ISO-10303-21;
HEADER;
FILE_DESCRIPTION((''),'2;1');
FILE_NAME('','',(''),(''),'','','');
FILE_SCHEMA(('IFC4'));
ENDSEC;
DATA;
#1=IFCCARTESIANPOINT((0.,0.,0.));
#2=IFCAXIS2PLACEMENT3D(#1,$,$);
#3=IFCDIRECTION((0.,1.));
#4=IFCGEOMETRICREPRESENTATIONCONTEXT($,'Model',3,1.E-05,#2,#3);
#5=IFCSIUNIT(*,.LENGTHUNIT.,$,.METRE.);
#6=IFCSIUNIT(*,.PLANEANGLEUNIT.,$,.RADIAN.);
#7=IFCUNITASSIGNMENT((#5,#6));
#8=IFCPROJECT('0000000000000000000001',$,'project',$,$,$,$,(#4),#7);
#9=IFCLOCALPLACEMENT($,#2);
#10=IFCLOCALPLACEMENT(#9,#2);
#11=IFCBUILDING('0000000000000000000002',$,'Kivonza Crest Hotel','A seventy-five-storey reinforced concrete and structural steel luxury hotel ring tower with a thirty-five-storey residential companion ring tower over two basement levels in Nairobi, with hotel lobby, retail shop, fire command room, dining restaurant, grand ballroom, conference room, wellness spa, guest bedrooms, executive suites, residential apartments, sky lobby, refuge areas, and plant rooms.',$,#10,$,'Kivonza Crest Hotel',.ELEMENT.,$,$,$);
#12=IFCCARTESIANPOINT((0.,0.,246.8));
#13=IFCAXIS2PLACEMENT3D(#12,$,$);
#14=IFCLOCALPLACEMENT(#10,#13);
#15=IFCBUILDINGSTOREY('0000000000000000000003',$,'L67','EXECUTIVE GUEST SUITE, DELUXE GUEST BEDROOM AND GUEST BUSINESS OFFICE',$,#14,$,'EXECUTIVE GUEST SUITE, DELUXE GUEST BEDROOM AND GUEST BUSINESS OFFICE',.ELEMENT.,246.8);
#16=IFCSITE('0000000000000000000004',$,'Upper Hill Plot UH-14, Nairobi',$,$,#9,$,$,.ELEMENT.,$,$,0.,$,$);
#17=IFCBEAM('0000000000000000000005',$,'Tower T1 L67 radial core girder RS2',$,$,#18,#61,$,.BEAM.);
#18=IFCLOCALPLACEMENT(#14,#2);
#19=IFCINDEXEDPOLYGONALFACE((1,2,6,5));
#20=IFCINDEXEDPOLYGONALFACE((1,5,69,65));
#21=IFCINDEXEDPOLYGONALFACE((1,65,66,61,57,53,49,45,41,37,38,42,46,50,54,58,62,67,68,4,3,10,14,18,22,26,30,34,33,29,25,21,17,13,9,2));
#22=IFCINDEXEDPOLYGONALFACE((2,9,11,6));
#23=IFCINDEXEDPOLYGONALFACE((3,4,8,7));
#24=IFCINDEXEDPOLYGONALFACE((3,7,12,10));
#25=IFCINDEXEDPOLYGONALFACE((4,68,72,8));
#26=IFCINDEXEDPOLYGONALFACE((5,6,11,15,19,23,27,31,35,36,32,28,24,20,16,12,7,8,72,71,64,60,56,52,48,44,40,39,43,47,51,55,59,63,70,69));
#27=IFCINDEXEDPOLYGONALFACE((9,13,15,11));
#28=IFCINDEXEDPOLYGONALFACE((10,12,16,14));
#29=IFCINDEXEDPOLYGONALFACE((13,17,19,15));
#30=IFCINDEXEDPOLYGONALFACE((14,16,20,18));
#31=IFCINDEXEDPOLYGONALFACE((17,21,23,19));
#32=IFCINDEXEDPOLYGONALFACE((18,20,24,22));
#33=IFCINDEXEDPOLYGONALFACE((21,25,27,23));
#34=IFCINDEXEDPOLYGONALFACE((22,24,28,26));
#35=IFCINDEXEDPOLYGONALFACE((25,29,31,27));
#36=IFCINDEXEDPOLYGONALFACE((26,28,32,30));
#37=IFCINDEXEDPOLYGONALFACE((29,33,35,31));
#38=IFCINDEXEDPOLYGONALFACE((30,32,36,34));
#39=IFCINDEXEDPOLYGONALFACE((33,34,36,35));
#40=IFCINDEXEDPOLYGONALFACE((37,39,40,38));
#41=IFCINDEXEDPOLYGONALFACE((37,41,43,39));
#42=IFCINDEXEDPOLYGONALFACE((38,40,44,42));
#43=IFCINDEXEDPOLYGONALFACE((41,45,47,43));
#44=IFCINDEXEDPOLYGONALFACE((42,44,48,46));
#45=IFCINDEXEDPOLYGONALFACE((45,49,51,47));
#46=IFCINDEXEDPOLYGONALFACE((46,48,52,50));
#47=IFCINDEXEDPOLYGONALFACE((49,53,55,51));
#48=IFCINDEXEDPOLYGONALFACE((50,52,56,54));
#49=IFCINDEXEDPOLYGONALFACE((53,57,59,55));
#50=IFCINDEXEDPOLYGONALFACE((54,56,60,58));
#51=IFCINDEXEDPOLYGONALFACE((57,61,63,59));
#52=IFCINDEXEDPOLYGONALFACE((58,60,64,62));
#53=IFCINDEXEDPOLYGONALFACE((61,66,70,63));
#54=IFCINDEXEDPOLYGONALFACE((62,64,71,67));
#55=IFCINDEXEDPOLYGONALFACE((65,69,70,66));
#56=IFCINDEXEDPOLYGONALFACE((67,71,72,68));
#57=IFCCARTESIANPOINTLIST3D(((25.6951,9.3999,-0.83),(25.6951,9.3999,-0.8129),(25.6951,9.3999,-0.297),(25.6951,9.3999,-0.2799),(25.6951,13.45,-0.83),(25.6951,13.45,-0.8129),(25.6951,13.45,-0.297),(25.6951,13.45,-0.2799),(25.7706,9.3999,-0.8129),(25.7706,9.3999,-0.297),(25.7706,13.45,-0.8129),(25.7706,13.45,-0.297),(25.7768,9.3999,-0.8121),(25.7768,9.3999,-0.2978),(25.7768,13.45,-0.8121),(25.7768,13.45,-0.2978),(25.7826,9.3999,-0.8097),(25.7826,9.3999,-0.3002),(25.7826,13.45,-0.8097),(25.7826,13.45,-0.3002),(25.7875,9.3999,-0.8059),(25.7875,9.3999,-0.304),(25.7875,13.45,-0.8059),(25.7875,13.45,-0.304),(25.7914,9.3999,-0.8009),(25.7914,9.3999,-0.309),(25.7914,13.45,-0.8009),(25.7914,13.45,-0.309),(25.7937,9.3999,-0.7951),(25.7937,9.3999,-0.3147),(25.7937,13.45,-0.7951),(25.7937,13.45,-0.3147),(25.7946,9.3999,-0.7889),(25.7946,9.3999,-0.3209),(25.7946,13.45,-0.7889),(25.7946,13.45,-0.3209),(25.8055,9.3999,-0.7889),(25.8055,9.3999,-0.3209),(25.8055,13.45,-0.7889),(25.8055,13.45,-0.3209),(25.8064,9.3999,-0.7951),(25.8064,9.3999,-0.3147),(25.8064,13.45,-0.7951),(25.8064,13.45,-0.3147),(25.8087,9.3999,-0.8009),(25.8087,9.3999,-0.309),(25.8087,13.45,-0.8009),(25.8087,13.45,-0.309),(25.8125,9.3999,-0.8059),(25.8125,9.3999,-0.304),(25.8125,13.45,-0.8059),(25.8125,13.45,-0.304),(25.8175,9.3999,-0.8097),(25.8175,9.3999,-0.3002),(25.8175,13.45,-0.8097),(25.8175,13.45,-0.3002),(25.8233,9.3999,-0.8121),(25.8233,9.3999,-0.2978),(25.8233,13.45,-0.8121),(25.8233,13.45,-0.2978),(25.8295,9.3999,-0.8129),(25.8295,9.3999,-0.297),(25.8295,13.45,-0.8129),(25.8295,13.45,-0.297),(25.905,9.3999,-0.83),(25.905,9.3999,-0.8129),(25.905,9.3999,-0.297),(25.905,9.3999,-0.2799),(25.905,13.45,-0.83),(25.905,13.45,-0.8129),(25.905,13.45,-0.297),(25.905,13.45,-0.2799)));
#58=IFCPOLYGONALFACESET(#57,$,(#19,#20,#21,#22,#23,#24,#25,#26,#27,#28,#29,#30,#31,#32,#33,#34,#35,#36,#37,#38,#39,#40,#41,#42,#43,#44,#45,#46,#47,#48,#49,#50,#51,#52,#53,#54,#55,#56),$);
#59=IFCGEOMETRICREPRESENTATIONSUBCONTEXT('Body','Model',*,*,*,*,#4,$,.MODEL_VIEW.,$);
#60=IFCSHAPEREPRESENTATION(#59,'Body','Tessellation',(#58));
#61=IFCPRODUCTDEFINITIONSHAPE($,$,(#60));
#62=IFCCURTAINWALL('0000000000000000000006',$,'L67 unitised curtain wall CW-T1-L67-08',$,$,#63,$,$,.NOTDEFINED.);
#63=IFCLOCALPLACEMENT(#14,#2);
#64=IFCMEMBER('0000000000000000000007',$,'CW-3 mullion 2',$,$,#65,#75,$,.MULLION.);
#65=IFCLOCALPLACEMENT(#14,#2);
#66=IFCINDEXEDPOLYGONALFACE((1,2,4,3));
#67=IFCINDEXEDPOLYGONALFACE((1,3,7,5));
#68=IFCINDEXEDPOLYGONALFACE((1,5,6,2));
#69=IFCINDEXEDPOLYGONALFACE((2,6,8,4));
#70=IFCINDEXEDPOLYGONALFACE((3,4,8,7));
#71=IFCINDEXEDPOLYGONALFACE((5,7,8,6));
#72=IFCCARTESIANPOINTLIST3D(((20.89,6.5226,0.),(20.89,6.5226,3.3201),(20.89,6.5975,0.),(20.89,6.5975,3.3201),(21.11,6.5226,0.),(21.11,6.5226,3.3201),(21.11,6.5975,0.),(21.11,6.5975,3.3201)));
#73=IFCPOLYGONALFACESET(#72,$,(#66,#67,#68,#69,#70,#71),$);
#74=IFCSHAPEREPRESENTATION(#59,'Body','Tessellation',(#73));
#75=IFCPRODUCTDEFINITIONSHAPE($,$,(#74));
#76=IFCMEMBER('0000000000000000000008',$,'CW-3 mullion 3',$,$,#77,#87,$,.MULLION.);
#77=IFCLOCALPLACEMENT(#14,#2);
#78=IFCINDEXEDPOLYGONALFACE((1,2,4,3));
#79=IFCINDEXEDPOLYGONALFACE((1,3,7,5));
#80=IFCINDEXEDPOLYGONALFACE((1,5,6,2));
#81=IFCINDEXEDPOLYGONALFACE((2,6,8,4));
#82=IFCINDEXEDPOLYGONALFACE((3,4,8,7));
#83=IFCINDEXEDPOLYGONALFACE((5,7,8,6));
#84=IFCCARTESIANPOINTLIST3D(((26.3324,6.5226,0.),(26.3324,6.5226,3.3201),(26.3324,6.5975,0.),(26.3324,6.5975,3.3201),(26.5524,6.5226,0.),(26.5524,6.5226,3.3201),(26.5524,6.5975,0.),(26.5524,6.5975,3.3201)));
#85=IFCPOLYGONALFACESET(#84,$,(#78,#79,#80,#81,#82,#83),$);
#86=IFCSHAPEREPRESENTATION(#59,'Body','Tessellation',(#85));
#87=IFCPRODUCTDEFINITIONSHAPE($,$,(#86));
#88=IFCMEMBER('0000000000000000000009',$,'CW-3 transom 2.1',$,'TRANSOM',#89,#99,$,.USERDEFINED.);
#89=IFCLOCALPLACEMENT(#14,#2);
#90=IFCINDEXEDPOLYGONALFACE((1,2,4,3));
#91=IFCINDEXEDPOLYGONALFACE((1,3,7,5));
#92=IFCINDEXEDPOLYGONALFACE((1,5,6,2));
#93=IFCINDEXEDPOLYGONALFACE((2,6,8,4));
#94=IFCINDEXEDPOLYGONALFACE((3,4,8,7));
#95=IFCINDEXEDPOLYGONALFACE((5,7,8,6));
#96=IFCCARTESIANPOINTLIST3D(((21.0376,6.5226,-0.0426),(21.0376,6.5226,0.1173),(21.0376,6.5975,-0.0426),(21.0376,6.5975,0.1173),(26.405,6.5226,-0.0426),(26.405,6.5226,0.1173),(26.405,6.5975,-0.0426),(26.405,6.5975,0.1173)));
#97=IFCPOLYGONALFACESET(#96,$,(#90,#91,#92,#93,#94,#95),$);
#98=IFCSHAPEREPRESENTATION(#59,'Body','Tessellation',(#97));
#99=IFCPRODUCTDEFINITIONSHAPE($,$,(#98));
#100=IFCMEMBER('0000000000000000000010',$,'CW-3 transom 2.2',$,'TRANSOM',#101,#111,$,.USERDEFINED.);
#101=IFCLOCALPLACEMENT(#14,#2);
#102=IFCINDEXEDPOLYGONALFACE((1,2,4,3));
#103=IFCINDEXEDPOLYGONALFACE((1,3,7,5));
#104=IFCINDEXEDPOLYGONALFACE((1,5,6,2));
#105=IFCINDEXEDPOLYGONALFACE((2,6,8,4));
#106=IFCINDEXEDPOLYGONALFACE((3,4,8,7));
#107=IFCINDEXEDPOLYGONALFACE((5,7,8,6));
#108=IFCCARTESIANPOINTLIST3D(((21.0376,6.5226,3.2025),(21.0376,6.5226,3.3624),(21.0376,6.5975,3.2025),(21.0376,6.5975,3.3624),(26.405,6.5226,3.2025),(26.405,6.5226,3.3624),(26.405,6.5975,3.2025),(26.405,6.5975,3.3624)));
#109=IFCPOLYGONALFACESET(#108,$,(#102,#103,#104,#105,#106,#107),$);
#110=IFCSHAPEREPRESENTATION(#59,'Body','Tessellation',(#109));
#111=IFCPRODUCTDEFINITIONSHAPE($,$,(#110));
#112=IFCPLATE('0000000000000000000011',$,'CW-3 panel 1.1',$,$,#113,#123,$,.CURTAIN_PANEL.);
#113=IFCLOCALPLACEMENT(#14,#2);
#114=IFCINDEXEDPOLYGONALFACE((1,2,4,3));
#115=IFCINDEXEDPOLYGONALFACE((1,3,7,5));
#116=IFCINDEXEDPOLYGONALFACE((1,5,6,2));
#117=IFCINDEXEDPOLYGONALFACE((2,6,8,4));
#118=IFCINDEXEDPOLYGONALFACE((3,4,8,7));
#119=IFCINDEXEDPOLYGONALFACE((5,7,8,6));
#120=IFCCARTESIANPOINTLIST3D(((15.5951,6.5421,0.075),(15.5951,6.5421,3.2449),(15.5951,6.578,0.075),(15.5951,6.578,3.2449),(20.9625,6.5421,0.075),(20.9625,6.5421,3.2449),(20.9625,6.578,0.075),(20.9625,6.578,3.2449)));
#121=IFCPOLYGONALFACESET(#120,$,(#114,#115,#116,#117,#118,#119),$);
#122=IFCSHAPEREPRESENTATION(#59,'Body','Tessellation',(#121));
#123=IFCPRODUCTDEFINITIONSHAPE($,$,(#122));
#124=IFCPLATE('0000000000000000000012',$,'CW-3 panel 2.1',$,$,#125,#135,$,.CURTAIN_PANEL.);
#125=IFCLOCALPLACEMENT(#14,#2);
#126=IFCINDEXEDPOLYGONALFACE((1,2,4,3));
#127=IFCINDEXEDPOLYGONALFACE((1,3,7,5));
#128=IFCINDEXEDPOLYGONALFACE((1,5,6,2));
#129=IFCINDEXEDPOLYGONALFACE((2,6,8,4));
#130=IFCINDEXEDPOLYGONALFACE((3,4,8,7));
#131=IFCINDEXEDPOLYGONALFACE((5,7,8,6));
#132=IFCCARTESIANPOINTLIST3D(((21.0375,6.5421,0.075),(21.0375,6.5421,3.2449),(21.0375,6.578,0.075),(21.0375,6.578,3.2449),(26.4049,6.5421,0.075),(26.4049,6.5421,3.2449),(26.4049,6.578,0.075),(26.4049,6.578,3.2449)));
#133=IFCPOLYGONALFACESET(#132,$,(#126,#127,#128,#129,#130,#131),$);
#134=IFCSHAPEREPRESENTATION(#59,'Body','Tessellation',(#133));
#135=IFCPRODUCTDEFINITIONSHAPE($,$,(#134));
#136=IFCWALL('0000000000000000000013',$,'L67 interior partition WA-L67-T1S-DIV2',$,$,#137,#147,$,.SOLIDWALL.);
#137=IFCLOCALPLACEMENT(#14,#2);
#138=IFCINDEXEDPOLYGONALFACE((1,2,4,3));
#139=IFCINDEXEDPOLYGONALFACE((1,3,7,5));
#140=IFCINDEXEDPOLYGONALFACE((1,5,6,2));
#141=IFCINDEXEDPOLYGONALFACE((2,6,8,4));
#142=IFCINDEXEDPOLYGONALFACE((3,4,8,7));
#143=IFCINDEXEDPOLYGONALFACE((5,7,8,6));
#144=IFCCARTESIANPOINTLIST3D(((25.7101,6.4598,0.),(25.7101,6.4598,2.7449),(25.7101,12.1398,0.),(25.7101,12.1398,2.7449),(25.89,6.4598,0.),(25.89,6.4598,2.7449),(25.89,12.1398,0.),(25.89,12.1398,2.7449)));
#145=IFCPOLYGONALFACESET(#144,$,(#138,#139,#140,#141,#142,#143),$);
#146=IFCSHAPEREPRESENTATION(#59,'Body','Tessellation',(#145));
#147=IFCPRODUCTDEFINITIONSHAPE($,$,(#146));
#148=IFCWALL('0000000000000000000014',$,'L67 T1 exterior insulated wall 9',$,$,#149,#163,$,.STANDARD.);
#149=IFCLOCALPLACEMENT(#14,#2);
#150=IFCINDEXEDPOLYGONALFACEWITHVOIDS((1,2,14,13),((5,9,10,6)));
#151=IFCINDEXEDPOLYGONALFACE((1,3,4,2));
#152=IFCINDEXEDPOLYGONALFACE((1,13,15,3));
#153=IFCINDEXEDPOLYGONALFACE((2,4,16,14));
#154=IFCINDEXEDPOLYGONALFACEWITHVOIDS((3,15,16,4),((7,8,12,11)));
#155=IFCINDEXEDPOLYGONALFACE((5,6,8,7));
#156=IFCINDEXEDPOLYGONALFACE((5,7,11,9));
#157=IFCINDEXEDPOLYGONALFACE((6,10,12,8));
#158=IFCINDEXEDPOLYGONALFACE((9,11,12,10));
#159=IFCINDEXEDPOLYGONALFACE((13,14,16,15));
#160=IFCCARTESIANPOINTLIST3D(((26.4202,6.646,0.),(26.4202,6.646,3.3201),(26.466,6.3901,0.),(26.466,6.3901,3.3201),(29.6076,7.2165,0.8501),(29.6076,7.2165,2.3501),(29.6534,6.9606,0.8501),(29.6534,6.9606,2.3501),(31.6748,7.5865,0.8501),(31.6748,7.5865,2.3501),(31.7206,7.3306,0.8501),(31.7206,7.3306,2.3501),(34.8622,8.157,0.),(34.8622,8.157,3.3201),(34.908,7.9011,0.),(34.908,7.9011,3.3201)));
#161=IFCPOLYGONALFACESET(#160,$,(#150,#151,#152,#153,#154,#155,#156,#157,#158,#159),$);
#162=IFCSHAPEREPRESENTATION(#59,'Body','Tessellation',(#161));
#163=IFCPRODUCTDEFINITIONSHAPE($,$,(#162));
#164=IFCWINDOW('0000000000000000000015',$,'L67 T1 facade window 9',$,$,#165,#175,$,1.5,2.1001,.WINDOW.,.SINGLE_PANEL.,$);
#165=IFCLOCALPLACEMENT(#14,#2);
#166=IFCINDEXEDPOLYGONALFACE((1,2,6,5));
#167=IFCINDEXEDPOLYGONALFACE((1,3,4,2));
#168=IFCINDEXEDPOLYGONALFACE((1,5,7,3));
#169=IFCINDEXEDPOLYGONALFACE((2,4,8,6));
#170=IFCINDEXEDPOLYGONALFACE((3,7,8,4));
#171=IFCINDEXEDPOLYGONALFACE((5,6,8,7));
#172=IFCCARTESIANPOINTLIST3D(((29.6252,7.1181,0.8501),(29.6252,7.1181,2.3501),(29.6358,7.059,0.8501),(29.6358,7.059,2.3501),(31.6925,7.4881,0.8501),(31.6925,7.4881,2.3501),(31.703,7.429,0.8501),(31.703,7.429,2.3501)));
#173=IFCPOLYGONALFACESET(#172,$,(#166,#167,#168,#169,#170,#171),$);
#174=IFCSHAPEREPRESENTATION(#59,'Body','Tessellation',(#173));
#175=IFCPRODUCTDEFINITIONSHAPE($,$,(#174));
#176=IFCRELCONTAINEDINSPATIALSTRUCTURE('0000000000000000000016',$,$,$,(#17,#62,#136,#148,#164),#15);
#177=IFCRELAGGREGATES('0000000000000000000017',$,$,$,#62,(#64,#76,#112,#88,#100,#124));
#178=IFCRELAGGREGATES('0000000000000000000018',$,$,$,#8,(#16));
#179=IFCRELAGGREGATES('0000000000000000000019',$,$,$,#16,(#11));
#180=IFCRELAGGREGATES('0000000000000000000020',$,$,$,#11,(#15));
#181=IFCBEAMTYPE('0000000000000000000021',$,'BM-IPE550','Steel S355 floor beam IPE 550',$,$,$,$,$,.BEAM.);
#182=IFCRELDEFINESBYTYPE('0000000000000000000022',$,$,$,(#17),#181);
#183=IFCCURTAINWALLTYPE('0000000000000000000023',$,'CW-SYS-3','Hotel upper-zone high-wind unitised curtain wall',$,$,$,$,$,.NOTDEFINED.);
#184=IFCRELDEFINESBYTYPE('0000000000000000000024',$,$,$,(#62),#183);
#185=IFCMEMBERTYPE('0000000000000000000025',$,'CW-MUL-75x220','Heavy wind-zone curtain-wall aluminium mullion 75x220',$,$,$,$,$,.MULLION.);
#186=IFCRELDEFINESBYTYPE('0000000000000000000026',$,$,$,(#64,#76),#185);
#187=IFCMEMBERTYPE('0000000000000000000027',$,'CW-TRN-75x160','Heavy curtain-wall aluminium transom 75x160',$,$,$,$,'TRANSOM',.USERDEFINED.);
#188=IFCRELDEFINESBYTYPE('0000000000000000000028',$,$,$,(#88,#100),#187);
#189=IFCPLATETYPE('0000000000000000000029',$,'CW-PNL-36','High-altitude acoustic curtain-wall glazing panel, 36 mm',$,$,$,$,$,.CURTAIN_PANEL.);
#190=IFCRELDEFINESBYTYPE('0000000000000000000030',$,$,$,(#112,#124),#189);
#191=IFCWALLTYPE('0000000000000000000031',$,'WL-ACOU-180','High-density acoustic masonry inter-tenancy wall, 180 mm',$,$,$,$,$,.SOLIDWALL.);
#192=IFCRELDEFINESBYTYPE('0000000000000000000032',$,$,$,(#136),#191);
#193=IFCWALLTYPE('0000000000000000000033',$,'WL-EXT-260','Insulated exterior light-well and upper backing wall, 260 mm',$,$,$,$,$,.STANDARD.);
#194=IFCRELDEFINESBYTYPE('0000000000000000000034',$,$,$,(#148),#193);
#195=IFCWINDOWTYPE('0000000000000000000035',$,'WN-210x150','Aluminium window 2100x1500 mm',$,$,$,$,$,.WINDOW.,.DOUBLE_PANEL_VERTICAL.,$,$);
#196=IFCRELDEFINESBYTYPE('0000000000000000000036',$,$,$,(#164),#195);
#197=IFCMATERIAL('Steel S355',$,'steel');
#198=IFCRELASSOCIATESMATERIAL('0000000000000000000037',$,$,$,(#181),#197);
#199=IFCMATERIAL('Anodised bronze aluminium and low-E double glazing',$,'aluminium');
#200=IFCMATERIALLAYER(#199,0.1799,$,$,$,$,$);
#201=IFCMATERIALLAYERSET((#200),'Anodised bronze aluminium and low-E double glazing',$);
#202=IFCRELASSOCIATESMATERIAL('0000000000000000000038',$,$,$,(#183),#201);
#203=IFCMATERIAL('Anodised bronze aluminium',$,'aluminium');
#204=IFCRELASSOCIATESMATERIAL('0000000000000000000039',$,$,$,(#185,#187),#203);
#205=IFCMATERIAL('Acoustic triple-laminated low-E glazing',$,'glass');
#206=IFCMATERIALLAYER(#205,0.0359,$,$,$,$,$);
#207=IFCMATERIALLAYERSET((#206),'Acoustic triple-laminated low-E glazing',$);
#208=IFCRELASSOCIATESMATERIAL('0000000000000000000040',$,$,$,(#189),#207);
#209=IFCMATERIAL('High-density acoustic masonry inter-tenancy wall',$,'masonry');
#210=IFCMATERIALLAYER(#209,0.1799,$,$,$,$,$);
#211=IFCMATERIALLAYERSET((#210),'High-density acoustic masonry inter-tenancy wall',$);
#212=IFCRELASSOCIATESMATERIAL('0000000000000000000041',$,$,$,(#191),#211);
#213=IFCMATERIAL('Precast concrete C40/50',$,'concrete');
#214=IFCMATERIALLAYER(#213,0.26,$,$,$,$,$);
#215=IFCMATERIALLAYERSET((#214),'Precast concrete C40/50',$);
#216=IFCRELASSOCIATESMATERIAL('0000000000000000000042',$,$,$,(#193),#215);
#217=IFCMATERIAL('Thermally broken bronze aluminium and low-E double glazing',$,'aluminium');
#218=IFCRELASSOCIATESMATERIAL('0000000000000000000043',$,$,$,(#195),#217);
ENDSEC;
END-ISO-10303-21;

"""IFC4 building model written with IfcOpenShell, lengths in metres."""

from ifc_helpers import new_model, si_unit, direction, frame, frame_2d, origin, origin_2d, place, context, subcontext, project, spatial, rectangle, i_section, extrude, material, layer, layer_set, material_profile, profile_set, type_object, element, fill, aggregate, save


model = new_model("IFC4")

# Units and contexts
model_context = context("Model", 3, precision=1e-05, world=origin(), true_north=direction((0.0, 1.0)))
body_context = subcontext(model_context, "Body", "Model", "MODEL_VIEW")
ifc_project = project(units=[si_unit("LENGTHUNIT", "METRE"), si_unit("PLANEANGLEUNIT", "RADIAN")], contexts=[model_context])

# Site, building, storey
site_placement = place(None, origin())
site = spatial("IfcSite", under=ifc_project, at=site_placement, Name="Upper Hill Plot UH-14, Nairobi", CompositionType="ELEMENT", RefElevation=0.0)
building_placement = place(site_placement, origin())
building = spatial("IfcBuilding", under=site, at=building_placement, Name="Kivonza Crest Hotel", Description="A seventy-five-storey reinforced concrete and structural steel luxury hotel ring tower with a thirty-five-storey residential companion ring tower over two basement levels in Nairobi, with hotel lobby, retail shop, fire command room, dining restaurant, grand ballroom, conference room, wellness spa, guest bedrooms, executive suites, residential apartments, sky lobby, refuge areas, and plant rooms.", LongName="Kivonza Crest Hotel", CompositionType="ELEMENT")
storey_placement = place(building_placement, frame((0.0, 0.0, 246.8)))
storey = spatial("IfcBuildingStorey", under=building, at=storey_placement, Name="L67", Description="EXECUTIVE GUEST SUITE, DELUXE GUEST BEDROOM AND GUEST BUSINESS OFFICE", LongName="EXECUTIVE GUEST SUITE, DELUXE GUEST BEDROOM AND GUEST BUSINESS OFFICE", CompositionType="ELEMENT", Elevation=246.8)

# Beam
ifc_material_1 = material(Name="Steel S355", Category="steel")
ifc_material_profile_1 = material_profile(ifc_material_1, i_section(OverallWidth=0.21, OverallDepth=0.55, WebThickness=0.011, FlangeThickness=0.0171, FilletRadius=0.0239, at=origin_2d()), Name="IPE 550")
ifc_profile_set_1 = profile_set([ifc_material_profile_1], Name="Steel S355")
beam_type_1 = type_object("IfcBeamType", Name="BM-IPE550", Description="Steel S355 floor beam IPE 550", PredefinedType="BEAM", material=ifc_profile_set_1)
beam_1_placement = place(storey_placement, frame((25.8, 9.3999, -0.5549), z_axis=(0.0, 1.0, 0.0), x_axis=(-1.0, 0.0, 0.0)))
element("IfcBeam", 1, at=beam_1_placement, inside=storey, type_object=beam_type_1, Name="Tower T1 L67 radial core girder RS2", PredefinedType="BEAM", context=body_context, shape_type="SweptSolid", body=[
    extrude(i_section(OverallWidth=0.21, OverallDepth=0.55, WebThickness=0.011, FlangeThickness=0.0171, FilletRadius=0.0239, at=origin_2d()), origin(), (0.0, 0.0, 1.0), 4.05),
])

# Curtain wall, members, plates
ifc_material_2 = material(Name="Anodised bronze aluminium and low-E double glazing", Category="aluminium")
ifc_layer_1 = layer(ifc_material_2, 0.1799)
ifc_layer_set_1 = layer_set([ifc_layer_1], Name="Anodised bronze aluminium and low-E double glazing")
curtain_wall_type = type_object("IfcCurtainWallType", Name="CW-SYS-3", Description="Hotel upper-zone high-wind unitised curtain wall", PredefinedType="NOTDEFINED", material=ifc_layer_set_1)
curtain_wall_placement = place(storey_placement, origin())
curtain_wall = element("IfcCurtainWall", 2, at=curtain_wall_placement, inside=storey, type_object=curtain_wall_type, Name="L67 unitised curtain wall CW-T1-L67-08", PredefinedType="NOTDEFINED")
ifc_material_3 = material(Name="Anodised bronze aluminium", Category="aluminium")
ifc_material_profile_2 = material_profile(ifc_material_3, rectangle(XDim=0.075, YDim=0.22, at=origin_2d()), Name="CW-M 75x220")
ifc_profile_set_2 = profile_set([ifc_material_profile_2], Name="Anodised bronze aluminium")
member_type_1 = type_object("IfcMemberType", Name="CW-MUL-75x220", Description="Heavy wind-zone curtain-wall aluminium mullion 75x220", PredefinedType="MULLION", material=ifc_profile_set_2)
member_1_placement = place(storey_placement, frame((21.0, 6.5601, 0.0), z_axis=(0.0, 0.0, 1.0), x_axis=(0.0, 1.0, 0.0)))
member_1 = element("IfcMember", 3, at=member_1_placement, type_object=member_type_1, Name="CW-3 mullion 2", PredefinedType="MULLION", context=body_context, shape_type="SweptSolid", body=[
    extrude(rectangle(XDim=0.075, YDim=0.22, at=origin_2d()), origin(), (0.0, 0.0, 1.0), 3.3201),
])
member_2_placement = place(storey_placement, frame((26.4424, 6.5601, 0.0), z_axis=(0.0, 0.0, 1.0), x_axis=(0.0, 1.0, 0.0)))
member_2 = element("IfcMember", 4, at=member_2_placement, type_object=member_type_1, Name="CW-3 mullion 3", PredefinedType="MULLION", context=body_context, shape_type="SweptSolid", body=[
    extrude(rectangle(XDim=0.075, YDim=0.22, at=origin_2d()), origin(), (0.0, 0.0, 1.0), 3.3201),
])
ifc_material_profile_3 = material_profile(ifc_material_3, rectangle(XDim=0.075, YDim=0.1599, at=origin_2d()), Name="CW-T 75x160")
ifc_profile_set_3 = profile_set([ifc_material_profile_3], Name="Anodised bronze aluminium")
member_type_2 = type_object("IfcMemberType", Name="CW-TRN-75x160", Description="Heavy curtain-wall aluminium transom 75x160", ElementType="TRANSOM", PredefinedType="USERDEFINED", material=ifc_profile_set_3)
member_3_placement = place(storey_placement, frame((21.0376, 6.5601, 0.0374), z_axis=(1.0, 0.0, 0.0), x_axis=(0.0, 1.0, 0.0)))
member_3 = element("IfcMember", 5, at=member_3_placement, type_object=member_type_2, Name="CW-3 transom 2.1", ObjectType="TRANSOM", PredefinedType="USERDEFINED", context=body_context, shape_type="SweptSolid", body=[
    extrude(rectangle(XDim=0.075, YDim=0.1599, at=origin_2d()), origin(), (0.0, 0.0, 1.0), 5.3674),
])
member_4_placement = place(storey_placement, frame((21.0376, 6.5601, 3.2825), z_axis=(1.0, 0.0, 0.0), x_axis=(0.0, 1.0, 0.0)))
member_4 = element("IfcMember", 6, at=member_4_placement, type_object=member_type_2, Name="CW-3 transom 2.2", ObjectType="TRANSOM", PredefinedType="USERDEFINED", context=body_context, shape_type="SweptSolid", body=[
    extrude(rectangle(XDim=0.075, YDim=0.1599, at=origin_2d()), origin(), (0.0, 0.0, 1.0), 5.3674),
])
ifc_material_4 = material(Name="Acoustic triple-laminated low-E glazing", Category="glass")
ifc_layer_2 = layer(ifc_material_4, 0.0359)
ifc_layer_set_2 = layer_set([ifc_layer_2], Name="Acoustic triple-laminated low-E glazing")
plate_type = type_object("IfcPlateType", Name="CW-PNL-36", Description="High-altitude acoustic curtain-wall glazing panel, 36 mm", PredefinedType="CURTAIN_PANEL", material=ifc_layer_set_2)
plate_1_placement = place(storey_placement, frame((18.2788, 6.5601, 0.075), z_axis=(0.0, 0.0, 1.0), x_axis=(1.0, 0.0, 0.0)))
plate_1 = element("IfcPlate", 7, at=plate_1_placement, type_object=plate_type, Name="CW-3 panel 1.1", PredefinedType="CURTAIN_PANEL", context=body_context, shape_type="SweptSolid", body=[
    extrude(rectangle(XDim=5.3674, YDim=0.0359, at=origin_2d()), origin(), (0.0, 0.0, 1.0), 3.1699),
])
plate_2_placement = place(storey_placement, frame((23.7212, 6.5601, 0.075), z_axis=(0.0, 0.0, 1.0), x_axis=(1.0, 0.0, 0.0)))
plate_2 = element("IfcPlate", 8, at=plate_2_placement, type_object=plate_type, Name="CW-3 panel 2.1", PredefinedType="CURTAIN_PANEL", context=body_context, shape_type="SweptSolid", body=[
    extrude(rectangle(XDim=5.3674, YDim=0.0359, at=origin_2d()), origin(), (0.0, 0.0, 1.0), 3.1699),
])
aggregate(curtain_wall, [member_1, member_2, plate_1, member_3, member_4, plate_2])

# Wall
ifc_material_5 = material(Name="High-density acoustic masonry inter-tenancy wall", Category="masonry")
ifc_layer_3 = layer(ifc_material_5, 0.1799)
ifc_layer_set_3 = layer_set([ifc_layer_3], Name="High-density acoustic masonry inter-tenancy wall")
wall_type_1 = type_object("IfcWallType", Name="WL-ACOU-180", Description="High-density acoustic masonry inter-tenancy wall, 180 mm", PredefinedType="SOLIDWALL", material=ifc_layer_set_3)
wall_1_placement = place(storey_placement, frame((25.8, 6.46, 0.0), z_axis=(0.0, 0.0, 1.0), x_axis=(0.0, 1.0, 0.0)))
element("IfcWall", 9, at=wall_1_placement, inside=storey, type_object=wall_type_1, Name="L67 interior partition WA-L67-T1S-DIV2", PredefinedType="SOLIDWALL", context=body_context, shape_type="SweptSolid", body=[
    extrude(rectangle(XDim=5.6799, YDim=0.1799, at=frame_2d((2.8398, 0.0))), origin(), (0.0, 0.0, 1.0), 2.7449),
])

# Wall, opening, window
ifc_material_6 = material(Name="Precast concrete C40/50", Category="concrete")
ifc_layer_4 = layer(ifc_material_6, 0.26)
ifc_layer_set_4 = layer_set([ifc_layer_4], Name="Precast concrete C40/50")
wall_type_2 = type_object("IfcWallType", Name="WL-EXT-260", Description="Insulated exterior light-well and upper backing wall, 260 mm", PredefinedType="STANDARD", material=ifc_layer_set_4)
wall_2_placement = place(storey_placement, frame((26.4431, 6.5181, 0.0), z_axis=(0.0, 0.0, 1.0), x_axis=(0.984357, 0.176187, 0.0)))
wall_2 = element("IfcWall", 10, at=wall_2_placement, inside=storey, type_object=wall_type_2, Name="L67 T1 exterior insulated wall 9", PredefinedType="STANDARD", context=body_context, shape_type="SweptSolid", body=[
    extrude(rectangle(XDim=8.5762, YDim=0.26, at=frame_2d((4.2881, 0.0))), origin(), (0.0, 0.0, 1.0), 3.3201),
])
opening_1_placement = place(wall_2_placement, frame((3.238, 0.0, 0.8501)))
opening_1 = element("IfcOpeningElement", 11, at=opening_1_placement, cuts=wall_2, PredefinedType="OPENING", context=body_context, shape_type="SweptSolid", body=[
    extrude(rectangle(XDim=2.1001, YDim=1.5, at=frame_2d((1.05, 0.75))), frame((0.0, 0.1401, 0.0), z_axis=(0.0, -1.0, 0.0), x_axis=(1.0, 0.0, 0.0)), (0.0, 0.0, 1.0), 0.28),
])
ifc_material_7 = material(Name="Thermally broken bronze aluminium and low-E double glazing", Category="aluminium")
window_type = type_object("IfcWindowType", Name="WN-210x150", Description="Aluminium window 2100x1500 mm", PartitioningType="DOUBLE_PANEL_VERTICAL", PredefinedType="WINDOW", material=ifc_material_7)
window_placement = place(opening_1_placement, origin())
window = element("IfcWindow", 12, at=window_placement, inside=storey, type_object=window_type, Name="L67 T1 facade window 9", OverallHeight=1.5, OverallWidth=2.1001, PartitioningType="SINGLE_PANEL", PredefinedType="WINDOW", context=body_context, shape_type="SweptSolid", body=[
    extrude(rectangle(XDim=2.1001, YDim=1.5, at=frame_2d((1.05, 0.75))), frame((0.0, 0.03, 0.0), z_axis=(0.0, -1.0, 0.0), x_axis=(1.0, 0.0, 0.0)), (0.0, 0.0, 1.0), 0.0601),
])
fill(opening_1, window)

save(model, "model.ifc")
